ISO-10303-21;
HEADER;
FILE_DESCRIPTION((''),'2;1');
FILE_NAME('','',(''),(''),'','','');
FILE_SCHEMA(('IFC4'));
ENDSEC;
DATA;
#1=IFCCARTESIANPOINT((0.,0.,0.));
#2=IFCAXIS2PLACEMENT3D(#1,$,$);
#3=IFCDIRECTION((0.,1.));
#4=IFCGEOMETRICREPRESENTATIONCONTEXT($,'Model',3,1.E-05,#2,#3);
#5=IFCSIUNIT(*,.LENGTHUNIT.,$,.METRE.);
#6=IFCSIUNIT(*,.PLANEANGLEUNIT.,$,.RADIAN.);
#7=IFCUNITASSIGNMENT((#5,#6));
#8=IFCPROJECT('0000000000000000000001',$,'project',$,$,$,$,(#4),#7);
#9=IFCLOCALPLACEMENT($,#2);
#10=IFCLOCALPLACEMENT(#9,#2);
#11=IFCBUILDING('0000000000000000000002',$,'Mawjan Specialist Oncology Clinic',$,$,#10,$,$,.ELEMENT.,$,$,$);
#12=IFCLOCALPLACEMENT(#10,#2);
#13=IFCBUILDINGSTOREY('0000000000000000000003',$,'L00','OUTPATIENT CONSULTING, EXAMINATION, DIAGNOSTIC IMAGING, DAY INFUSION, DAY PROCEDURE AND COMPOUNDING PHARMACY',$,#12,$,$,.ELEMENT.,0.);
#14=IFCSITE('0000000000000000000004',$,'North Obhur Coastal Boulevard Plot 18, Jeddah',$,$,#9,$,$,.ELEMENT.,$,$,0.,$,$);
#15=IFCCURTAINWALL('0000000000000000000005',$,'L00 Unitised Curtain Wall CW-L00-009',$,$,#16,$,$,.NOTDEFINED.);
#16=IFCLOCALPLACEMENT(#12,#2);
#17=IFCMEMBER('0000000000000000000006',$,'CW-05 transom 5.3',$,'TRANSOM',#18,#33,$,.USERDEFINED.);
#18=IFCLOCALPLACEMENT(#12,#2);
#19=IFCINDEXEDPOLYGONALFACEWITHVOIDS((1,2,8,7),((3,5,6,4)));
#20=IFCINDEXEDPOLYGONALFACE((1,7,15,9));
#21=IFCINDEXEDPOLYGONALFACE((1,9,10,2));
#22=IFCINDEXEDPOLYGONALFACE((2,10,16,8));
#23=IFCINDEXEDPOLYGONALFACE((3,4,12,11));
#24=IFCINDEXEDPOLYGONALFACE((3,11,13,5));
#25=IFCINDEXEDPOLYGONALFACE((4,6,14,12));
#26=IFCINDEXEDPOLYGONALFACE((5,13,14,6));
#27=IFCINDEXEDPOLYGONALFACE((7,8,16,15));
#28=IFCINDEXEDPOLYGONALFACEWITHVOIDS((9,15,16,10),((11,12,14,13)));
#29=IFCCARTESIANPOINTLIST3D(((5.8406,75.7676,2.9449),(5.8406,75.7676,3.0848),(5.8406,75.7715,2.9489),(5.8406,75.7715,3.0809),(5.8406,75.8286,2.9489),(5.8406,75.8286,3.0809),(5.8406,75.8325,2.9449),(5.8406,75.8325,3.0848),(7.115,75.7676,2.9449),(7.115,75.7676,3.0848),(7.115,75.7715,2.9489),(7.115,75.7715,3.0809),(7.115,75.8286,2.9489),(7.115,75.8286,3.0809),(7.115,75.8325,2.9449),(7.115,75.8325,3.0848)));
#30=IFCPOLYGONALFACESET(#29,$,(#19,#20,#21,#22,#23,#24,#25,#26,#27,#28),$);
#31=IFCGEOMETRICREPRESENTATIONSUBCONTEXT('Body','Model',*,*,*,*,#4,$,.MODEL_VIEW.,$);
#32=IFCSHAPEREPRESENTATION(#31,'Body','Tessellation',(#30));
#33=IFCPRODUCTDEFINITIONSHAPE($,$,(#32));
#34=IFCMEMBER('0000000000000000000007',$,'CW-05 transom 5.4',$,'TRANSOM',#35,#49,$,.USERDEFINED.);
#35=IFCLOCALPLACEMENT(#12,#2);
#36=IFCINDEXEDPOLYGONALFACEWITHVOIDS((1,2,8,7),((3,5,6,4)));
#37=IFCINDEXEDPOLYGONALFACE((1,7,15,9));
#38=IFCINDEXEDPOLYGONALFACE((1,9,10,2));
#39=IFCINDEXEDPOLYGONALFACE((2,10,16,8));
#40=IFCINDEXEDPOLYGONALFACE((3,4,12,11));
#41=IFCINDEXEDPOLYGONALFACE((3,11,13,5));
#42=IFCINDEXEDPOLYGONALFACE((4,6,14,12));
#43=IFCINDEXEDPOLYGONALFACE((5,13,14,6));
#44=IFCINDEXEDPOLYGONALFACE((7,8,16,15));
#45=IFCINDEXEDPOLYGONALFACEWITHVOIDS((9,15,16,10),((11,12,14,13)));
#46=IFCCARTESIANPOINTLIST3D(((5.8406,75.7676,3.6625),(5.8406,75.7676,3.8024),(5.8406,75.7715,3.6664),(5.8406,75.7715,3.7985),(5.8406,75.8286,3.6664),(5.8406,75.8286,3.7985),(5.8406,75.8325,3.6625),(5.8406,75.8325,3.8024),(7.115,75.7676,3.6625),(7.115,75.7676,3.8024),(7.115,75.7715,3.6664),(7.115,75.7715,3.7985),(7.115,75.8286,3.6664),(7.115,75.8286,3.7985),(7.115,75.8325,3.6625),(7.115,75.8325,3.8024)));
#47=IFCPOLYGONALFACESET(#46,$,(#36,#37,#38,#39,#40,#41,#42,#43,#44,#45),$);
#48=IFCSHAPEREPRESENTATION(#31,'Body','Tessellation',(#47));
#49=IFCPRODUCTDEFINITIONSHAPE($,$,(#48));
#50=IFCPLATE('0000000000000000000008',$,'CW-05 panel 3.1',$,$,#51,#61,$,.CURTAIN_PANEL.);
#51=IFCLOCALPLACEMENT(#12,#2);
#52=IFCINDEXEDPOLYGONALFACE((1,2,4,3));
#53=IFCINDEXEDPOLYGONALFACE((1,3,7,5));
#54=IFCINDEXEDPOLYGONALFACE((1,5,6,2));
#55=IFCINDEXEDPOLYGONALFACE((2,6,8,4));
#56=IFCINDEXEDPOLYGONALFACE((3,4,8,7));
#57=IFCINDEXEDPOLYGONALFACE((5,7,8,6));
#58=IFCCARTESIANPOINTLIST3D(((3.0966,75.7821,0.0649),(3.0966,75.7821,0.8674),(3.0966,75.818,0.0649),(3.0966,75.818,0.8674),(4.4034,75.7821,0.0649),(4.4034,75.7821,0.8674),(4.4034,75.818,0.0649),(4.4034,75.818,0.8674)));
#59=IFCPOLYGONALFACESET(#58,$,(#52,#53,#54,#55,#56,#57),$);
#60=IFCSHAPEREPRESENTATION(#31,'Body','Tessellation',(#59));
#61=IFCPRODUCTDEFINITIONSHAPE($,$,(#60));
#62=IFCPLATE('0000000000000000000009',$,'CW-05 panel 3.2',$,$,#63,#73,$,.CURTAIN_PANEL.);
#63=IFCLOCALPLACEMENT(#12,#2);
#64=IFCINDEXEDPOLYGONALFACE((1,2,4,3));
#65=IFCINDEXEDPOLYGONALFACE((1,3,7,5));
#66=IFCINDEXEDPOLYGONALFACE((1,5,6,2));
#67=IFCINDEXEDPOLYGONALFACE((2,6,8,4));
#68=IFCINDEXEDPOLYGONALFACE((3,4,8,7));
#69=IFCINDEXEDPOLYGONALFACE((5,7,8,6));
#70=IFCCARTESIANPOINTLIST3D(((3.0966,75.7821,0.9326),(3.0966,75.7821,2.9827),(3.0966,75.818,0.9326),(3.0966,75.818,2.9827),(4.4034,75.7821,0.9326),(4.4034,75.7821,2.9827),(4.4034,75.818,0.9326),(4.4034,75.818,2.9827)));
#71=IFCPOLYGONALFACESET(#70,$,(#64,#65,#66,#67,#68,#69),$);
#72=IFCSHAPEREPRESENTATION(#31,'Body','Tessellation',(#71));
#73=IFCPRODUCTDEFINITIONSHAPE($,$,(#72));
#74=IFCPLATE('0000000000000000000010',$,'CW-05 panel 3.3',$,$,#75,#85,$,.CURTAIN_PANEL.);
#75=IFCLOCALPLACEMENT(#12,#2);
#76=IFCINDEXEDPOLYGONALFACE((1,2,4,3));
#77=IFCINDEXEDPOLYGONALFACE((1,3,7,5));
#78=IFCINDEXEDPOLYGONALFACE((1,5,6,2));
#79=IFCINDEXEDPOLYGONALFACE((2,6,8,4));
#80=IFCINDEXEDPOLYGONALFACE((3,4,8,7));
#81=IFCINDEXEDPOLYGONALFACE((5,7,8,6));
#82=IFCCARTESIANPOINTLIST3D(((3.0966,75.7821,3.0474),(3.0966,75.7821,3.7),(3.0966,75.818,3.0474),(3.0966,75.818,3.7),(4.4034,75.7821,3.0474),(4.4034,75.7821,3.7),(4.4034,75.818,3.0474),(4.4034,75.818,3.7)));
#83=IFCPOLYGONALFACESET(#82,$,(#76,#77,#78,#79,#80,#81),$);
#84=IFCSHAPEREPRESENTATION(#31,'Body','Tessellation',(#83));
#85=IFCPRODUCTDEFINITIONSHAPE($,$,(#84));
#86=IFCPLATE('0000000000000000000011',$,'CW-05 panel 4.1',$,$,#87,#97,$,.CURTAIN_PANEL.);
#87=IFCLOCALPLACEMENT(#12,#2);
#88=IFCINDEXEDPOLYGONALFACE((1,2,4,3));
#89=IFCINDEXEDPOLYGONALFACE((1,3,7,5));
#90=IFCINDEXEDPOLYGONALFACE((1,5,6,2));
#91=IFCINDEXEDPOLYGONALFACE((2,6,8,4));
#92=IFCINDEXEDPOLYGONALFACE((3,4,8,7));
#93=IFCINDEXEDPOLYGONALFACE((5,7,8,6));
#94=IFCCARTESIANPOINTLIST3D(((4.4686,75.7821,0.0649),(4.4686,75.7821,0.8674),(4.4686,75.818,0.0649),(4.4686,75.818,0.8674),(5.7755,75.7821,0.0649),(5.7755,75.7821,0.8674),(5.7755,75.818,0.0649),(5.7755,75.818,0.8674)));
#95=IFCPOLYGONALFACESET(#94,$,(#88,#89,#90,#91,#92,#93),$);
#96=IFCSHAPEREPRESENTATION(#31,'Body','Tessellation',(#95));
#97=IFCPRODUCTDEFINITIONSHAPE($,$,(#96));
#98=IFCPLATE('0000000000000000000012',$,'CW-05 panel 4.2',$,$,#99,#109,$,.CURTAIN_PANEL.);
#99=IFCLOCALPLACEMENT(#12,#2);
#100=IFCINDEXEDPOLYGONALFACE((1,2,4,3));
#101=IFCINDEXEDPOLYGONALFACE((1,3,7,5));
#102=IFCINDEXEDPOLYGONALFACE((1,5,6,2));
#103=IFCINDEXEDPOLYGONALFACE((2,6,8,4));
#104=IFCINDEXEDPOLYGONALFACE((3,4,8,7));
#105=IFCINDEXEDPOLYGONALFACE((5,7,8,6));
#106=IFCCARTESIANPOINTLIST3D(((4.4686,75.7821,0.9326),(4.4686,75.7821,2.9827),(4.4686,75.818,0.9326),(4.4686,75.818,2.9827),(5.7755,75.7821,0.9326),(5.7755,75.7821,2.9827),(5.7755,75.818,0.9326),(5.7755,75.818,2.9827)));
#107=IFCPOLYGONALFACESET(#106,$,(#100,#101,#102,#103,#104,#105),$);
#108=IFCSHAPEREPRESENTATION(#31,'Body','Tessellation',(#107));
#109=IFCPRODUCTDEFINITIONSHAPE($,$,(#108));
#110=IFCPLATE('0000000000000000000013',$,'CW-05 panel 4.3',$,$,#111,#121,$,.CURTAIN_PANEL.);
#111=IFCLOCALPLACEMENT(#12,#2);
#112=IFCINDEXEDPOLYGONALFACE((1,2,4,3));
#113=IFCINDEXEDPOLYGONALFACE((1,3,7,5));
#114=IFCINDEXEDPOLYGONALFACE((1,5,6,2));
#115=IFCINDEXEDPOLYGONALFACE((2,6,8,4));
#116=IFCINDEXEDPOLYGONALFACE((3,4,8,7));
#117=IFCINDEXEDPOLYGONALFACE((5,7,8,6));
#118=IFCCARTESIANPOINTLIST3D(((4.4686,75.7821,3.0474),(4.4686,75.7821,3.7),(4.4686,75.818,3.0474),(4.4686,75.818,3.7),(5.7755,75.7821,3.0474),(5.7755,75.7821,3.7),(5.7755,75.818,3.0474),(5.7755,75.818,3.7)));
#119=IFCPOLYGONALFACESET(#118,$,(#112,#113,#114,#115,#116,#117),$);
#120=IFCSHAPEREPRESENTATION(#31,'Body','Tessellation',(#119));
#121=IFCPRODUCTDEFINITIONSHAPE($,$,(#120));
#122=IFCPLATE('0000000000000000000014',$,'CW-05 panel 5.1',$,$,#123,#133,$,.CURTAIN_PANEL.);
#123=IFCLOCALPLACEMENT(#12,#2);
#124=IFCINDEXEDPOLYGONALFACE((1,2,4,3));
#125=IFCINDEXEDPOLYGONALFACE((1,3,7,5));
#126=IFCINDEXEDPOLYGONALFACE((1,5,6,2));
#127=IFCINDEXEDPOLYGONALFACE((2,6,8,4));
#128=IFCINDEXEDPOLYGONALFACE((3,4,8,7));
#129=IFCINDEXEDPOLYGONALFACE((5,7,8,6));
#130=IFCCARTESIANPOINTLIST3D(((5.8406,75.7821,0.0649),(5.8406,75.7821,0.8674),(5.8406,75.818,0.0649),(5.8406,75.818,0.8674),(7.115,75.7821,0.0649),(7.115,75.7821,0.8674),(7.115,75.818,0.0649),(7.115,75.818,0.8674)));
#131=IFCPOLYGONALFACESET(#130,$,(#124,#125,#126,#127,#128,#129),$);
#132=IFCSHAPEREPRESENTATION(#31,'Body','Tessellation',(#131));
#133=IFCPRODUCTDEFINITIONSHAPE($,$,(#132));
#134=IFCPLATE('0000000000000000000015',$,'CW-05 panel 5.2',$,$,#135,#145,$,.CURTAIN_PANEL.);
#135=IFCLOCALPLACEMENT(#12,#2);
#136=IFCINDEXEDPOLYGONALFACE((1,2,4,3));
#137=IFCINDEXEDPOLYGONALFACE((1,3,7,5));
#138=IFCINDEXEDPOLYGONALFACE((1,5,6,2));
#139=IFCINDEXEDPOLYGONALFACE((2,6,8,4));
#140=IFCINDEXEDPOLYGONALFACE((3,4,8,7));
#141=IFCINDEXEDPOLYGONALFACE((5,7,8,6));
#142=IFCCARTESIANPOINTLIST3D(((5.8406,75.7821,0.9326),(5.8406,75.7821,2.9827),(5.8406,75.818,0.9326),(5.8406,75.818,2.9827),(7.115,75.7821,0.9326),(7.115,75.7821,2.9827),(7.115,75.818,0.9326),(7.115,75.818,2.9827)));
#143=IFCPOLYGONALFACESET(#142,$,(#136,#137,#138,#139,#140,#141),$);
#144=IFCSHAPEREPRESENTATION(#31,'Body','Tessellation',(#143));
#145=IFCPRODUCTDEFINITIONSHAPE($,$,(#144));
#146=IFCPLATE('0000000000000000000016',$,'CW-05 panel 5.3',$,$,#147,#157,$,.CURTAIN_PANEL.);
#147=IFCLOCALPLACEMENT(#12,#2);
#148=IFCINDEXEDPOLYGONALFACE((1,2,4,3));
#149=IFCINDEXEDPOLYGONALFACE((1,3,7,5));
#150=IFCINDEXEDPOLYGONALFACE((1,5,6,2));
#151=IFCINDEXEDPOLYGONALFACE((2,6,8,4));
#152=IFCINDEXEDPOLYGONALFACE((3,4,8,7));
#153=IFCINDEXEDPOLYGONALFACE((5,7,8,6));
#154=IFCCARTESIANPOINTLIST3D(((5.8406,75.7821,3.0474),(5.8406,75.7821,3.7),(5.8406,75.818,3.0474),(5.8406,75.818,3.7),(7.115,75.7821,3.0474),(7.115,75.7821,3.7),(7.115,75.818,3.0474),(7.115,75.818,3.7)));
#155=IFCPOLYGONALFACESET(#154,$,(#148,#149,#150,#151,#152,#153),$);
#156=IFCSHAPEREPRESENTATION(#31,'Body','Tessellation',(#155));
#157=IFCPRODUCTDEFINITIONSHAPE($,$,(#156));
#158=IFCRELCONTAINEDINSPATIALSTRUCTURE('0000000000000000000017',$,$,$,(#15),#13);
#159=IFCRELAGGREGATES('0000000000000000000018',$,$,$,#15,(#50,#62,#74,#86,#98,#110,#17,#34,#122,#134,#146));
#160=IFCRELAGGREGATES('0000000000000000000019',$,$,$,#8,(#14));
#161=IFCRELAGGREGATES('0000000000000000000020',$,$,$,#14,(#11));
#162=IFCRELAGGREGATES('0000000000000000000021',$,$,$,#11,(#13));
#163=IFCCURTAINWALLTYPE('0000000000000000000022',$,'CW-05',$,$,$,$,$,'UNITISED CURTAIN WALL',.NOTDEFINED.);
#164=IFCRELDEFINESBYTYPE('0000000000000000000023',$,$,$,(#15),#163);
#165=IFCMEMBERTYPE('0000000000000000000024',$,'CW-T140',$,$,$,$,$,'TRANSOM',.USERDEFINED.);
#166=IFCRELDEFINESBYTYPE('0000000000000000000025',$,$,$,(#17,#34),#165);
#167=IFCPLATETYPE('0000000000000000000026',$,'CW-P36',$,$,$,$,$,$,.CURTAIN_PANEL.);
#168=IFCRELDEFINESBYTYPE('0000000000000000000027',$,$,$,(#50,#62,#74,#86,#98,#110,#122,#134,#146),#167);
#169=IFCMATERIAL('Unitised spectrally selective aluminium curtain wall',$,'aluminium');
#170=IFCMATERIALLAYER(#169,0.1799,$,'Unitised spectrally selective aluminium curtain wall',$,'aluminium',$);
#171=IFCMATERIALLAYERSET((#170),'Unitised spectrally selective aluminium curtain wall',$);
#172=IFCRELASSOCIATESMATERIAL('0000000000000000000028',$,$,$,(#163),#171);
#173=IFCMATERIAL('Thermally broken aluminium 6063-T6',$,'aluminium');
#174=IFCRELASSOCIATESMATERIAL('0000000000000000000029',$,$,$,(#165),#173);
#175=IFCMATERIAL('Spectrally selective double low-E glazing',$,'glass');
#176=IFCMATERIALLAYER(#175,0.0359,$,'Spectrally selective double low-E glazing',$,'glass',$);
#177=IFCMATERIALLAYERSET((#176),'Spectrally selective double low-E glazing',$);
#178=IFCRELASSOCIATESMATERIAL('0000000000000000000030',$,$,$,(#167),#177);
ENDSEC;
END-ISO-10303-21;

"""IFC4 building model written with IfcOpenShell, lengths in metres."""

from ifc_helpers import new_model, si_unit, direction, frame, origin, origin_2d, place, context, subcontext, project, spatial, rectangle, hollow_rectangle, extrude, material, layer, layer_set, material_profile, profile_set, type_object, element, aggregate, save


model = new_model("IFC4")

# Units and contexts
model_context = context("Model", 3, precision=1e-05, world=origin(), true_north=direction((0.0, 1.0)))
body_context = subcontext(model_context, "Body", "Model", "MODEL_VIEW")
ifc_project = project(units=[si_unit("LENGTHUNIT", "METRE"), si_unit("PLANEANGLEUNIT", "RADIAN")], contexts=[model_context])

# Site, building, storey
site_placement = place(None, origin())
site = spatial("IfcSite", under=ifc_project, at=site_placement, Name="North Obhur Coastal Boulevard Plot 18, Jeddah", CompositionType="ELEMENT", RefElevation=0.0)
building_placement = place(site_placement, origin())
building = spatial("IfcBuilding", under=site, at=building_placement, Name="Mawjan Specialist Oncology Clinic", CompositionType="ELEMENT")
storey_placement = place(building_placement, origin())
storey = spatial("IfcBuildingStorey", under=building, at=storey_placement, Name="L00", Description="OUTPATIENT CONSULTING, EXAMINATION, DIAGNOSTIC IMAGING, DAY INFUSION, DAY PROCEDURE AND COMPOUNDING PHARMACY", CompositionType="ELEMENT", Elevation=0.0)

# Curtain wall, members, plates
ifc_material_1 = material(Name="Unitised spectrally selective aluminium curtain wall", Category="aluminium")
ifc_layer_1 = layer(ifc_material_1, 0.1799, Name="Unitised spectrally selective aluminium curtain wall", Category="aluminium")
ifc_layer_set_1 = layer_set([ifc_layer_1], Name="Unitised spectrally selective aluminium curtain wall")
curtain_wall_type = type_object("IfcCurtainWallType", Name="CW-05", ElementType="UNITISED CURTAIN WALL", PredefinedType="NOTDEFINED", material=ifc_layer_set_1)
curtain_wall_placement = place(storey_placement, origin())
curtain_wall = element("IfcCurtainWall", 1, at=curtain_wall_placement, inside=storey, type_object=curtain_wall_type, Name="L00 Unitised Curtain Wall CW-L00-009", PredefinedType="NOTDEFINED")
ifc_material_2 = material(Name="Thermally broken aluminium 6063-T6", Category="aluminium")
ifc_material_profile_1 = material_profile(ifc_material_2, hollow_rectangle(XDim=0.0649, YDim=0.1399, WallThickness=0.0039, at=origin_2d()), Name="ALU TRANSOM 140x65x4", Category="aluminium")
ifc_profile_set_1 = profile_set([ifc_material_profile_1], Name="Thermally broken aluminium 6063-T6")
member_type_1 = type_object("IfcMemberType", Name="CW-T140", ElementType="TRANSOM", PredefinedType="USERDEFINED", material=ifc_profile_set_1)
member_1_placement = place(storey_placement, frame((5.8406, 75.8, 3.0149), z_axis=(1.0, 0.0, 0.0), x_axis=(0.0, 1.0, 0.0)))
member_1 = element("IfcMember", 2, at=member_1_placement, type_object=member_type_1, Name="CW-05 transom 5.3", ObjectType="TRANSOM", PredefinedType="USERDEFINED", context=body_context, shape_type="SweptSolid", body=[
    extrude(hollow_rectangle(XDim=0.0649, YDim=0.1399, WallThickness=0.0039, at=origin_2d()), origin(), (0.0, 0.0, 1.0), 1.2744),
])
member_2_placement = place(storey_placement, frame((5.8406, 75.8, 3.7324), z_axis=(1.0, 0.0, 0.0), x_axis=(0.0, 1.0, 0.0)))
member_2 = element("IfcMember", 3, at=member_2_placement, type_object=member_type_1, Name="CW-05 transom 5.4", ObjectType="TRANSOM", PredefinedType="USERDEFINED", context=body_context, shape_type="SweptSolid", body=[
    extrude(hollow_rectangle(XDim=0.0649, YDim=0.1399, WallThickness=0.0039, at=origin_2d()), origin(), (0.0, 0.0, 1.0), 1.2744),
])
ifc_material_3 = material(Name="Spectrally selective double low-E glazing", Category="glass")
ifc_layer_2 = layer(ifc_material_3, 0.0359, Name="Spectrally selective double low-E glazing", Category="glass")
ifc_layer_set_2 = layer_set([ifc_layer_2], Name="Spectrally selective double low-E glazing")
plate_type = type_object("IfcPlateType", Name="CW-P36", PredefinedType="CURTAIN_PANEL", material=ifc_layer_set_2)
plate_1_placement = place(storey_placement, frame((3.75, 75.8, 0.0649), z_axis=(0.0, 0.0, 1.0), x_axis=(1.0, 0.0, 0.0)))
plate_1 = element("IfcPlate", 4, at=plate_1_placement, type_object=plate_type, Name="CW-05 panel 3.1", PredefinedType="CURTAIN_PANEL", context=body_context, shape_type="SweptSolid", body=[
    extrude(rectangle(XDim=1.3069, YDim=0.0359, at=origin_2d()), origin(), (0.0, 0.0, 1.0), 0.8025),
])
plate_2_placement = place(storey_placement, frame((3.75, 75.8, 0.9326), z_axis=(0.0, 0.0, 1.0), x_axis=(1.0, 0.0, 0.0)))
plate_2 = element("IfcPlate", 5, at=plate_2_placement, type_object=plate_type, Name="CW-05 panel 3.2", PredefinedType="CURTAIN_PANEL", context=body_context, shape_type="SweptSolid", body=[
    extrude(rectangle(XDim=1.3069, YDim=0.0359, at=origin_2d()), origin(), (0.0, 0.0, 1.0), 2.05),
])
plate_3_placement = place(storey_placement, frame((3.75, 75.8, 3.0474), z_axis=(0.0, 0.0, 1.0), x_axis=(1.0, 0.0, 0.0)))
plate_3 = element("IfcPlate", 6, at=plate_3_placement, type_object=plate_type, Name="CW-05 panel 3.3", PredefinedType="CURTAIN_PANEL", context=body_context, shape_type="SweptSolid", body=[
    extrude(rectangle(XDim=1.3069, YDim=0.0359, at=origin_2d()), origin(), (0.0, 0.0, 1.0), 0.6526),
])
plate_4_placement = place(storey_placement, frame((5.1221, 75.8, 0.0649), z_axis=(0.0, 0.0, 1.0), x_axis=(1.0, 0.0, 0.0)))
plate_4 = element("IfcPlate", 7, at=plate_4_placement, type_object=plate_type, Name="CW-05 panel 4.1", PredefinedType="CURTAIN_PANEL", context=body_context, shape_type="SweptSolid", body=[
    extrude(rectangle(XDim=1.3069, YDim=0.0359, at=origin_2d()), origin(), (0.0, 0.0, 1.0), 0.8025),
])
plate_5_placement = place(storey_placement, frame((5.1221, 75.8, 0.9326), z_axis=(0.0, 0.0, 1.0), x_axis=(1.0, 0.0, 0.0)))
plate_5 = element("IfcPlate", 8, at=plate_5_placement, type_object=plate_type, Name="CW-05 panel 4.2", PredefinedType="CURTAIN_PANEL", context=body_context, shape_type="SweptSolid", body=[
    extrude(rectangle(XDim=1.3069, YDim=0.0359, at=origin_2d()), origin(), (0.0, 0.0, 1.0), 2.05),
])
plate_6_placement = place(storey_placement, frame((5.1221, 75.8, 3.0474), z_axis=(0.0, 0.0, 1.0), x_axis=(1.0, 0.0, 0.0)))
plate_6 = element("IfcPlate", 9, at=plate_6_placement, type_object=plate_type, Name="CW-05 panel 4.3", PredefinedType="CURTAIN_PANEL", context=body_context, shape_type="SweptSolid", body=[
    extrude(rectangle(XDim=1.3069, YDim=0.0359, at=origin_2d()), origin(), (0.0, 0.0, 1.0), 0.6526),
])
plate_7_placement = place(storey_placement, frame((6.4778, 75.8, 0.0649), z_axis=(0.0, 0.0, 1.0), x_axis=(1.0, 0.0, 0.0)))
plate_7 = element("IfcPlate", 10, at=plate_7_placement, type_object=plate_type, Name="CW-05 panel 5.1", PredefinedType="CURTAIN_PANEL", context=body_context, shape_type="SweptSolid", body=[
    extrude(rectangle(XDim=1.2744, YDim=0.0359, at=origin_2d()), origin(), (0.0, 0.0, 1.0), 0.8025),
])
plate_8_placement = place(storey_placement, frame((6.4778, 75.8, 0.9326), z_axis=(0.0, 0.0, 1.0), x_axis=(1.0, 0.0, 0.0)))
plate_8 = element("IfcPlate", 11, at=plate_8_placement, type_object=plate_type, Name="CW-05 panel 5.2", PredefinedType="CURTAIN_PANEL", context=body_context, shape_type="SweptSolid", body=[
    extrude(rectangle(XDim=1.2744, YDim=0.0359, at=origin_2d()), origin(), (0.0, 0.0, 1.0), 2.05),
])
plate_9_placement = place(storey_placement, frame((6.4778, 75.8, 3.0474), z_axis=(0.0, 0.0, 1.0), x_axis=(1.0, 0.0, 0.0)))
plate_9 = element("IfcPlate", 12, at=plate_9_placement, type_object=plate_type, Name="CW-05 panel 5.3", PredefinedType="CURTAIN_PANEL", context=body_context, shape_type="SweptSolid", body=[
    extrude(rectangle(XDim=1.2744, YDim=0.0359, at=origin_2d()), origin(), (0.0, 0.0, 1.0), 0.6526),
])
aggregate(curtain_wall, [plate_1, plate_2, plate_3, plate_4, plate_5, plate_6, member_1, member_2, plate_7, plate_8, plate_9])

save(model, "model.ifc")
